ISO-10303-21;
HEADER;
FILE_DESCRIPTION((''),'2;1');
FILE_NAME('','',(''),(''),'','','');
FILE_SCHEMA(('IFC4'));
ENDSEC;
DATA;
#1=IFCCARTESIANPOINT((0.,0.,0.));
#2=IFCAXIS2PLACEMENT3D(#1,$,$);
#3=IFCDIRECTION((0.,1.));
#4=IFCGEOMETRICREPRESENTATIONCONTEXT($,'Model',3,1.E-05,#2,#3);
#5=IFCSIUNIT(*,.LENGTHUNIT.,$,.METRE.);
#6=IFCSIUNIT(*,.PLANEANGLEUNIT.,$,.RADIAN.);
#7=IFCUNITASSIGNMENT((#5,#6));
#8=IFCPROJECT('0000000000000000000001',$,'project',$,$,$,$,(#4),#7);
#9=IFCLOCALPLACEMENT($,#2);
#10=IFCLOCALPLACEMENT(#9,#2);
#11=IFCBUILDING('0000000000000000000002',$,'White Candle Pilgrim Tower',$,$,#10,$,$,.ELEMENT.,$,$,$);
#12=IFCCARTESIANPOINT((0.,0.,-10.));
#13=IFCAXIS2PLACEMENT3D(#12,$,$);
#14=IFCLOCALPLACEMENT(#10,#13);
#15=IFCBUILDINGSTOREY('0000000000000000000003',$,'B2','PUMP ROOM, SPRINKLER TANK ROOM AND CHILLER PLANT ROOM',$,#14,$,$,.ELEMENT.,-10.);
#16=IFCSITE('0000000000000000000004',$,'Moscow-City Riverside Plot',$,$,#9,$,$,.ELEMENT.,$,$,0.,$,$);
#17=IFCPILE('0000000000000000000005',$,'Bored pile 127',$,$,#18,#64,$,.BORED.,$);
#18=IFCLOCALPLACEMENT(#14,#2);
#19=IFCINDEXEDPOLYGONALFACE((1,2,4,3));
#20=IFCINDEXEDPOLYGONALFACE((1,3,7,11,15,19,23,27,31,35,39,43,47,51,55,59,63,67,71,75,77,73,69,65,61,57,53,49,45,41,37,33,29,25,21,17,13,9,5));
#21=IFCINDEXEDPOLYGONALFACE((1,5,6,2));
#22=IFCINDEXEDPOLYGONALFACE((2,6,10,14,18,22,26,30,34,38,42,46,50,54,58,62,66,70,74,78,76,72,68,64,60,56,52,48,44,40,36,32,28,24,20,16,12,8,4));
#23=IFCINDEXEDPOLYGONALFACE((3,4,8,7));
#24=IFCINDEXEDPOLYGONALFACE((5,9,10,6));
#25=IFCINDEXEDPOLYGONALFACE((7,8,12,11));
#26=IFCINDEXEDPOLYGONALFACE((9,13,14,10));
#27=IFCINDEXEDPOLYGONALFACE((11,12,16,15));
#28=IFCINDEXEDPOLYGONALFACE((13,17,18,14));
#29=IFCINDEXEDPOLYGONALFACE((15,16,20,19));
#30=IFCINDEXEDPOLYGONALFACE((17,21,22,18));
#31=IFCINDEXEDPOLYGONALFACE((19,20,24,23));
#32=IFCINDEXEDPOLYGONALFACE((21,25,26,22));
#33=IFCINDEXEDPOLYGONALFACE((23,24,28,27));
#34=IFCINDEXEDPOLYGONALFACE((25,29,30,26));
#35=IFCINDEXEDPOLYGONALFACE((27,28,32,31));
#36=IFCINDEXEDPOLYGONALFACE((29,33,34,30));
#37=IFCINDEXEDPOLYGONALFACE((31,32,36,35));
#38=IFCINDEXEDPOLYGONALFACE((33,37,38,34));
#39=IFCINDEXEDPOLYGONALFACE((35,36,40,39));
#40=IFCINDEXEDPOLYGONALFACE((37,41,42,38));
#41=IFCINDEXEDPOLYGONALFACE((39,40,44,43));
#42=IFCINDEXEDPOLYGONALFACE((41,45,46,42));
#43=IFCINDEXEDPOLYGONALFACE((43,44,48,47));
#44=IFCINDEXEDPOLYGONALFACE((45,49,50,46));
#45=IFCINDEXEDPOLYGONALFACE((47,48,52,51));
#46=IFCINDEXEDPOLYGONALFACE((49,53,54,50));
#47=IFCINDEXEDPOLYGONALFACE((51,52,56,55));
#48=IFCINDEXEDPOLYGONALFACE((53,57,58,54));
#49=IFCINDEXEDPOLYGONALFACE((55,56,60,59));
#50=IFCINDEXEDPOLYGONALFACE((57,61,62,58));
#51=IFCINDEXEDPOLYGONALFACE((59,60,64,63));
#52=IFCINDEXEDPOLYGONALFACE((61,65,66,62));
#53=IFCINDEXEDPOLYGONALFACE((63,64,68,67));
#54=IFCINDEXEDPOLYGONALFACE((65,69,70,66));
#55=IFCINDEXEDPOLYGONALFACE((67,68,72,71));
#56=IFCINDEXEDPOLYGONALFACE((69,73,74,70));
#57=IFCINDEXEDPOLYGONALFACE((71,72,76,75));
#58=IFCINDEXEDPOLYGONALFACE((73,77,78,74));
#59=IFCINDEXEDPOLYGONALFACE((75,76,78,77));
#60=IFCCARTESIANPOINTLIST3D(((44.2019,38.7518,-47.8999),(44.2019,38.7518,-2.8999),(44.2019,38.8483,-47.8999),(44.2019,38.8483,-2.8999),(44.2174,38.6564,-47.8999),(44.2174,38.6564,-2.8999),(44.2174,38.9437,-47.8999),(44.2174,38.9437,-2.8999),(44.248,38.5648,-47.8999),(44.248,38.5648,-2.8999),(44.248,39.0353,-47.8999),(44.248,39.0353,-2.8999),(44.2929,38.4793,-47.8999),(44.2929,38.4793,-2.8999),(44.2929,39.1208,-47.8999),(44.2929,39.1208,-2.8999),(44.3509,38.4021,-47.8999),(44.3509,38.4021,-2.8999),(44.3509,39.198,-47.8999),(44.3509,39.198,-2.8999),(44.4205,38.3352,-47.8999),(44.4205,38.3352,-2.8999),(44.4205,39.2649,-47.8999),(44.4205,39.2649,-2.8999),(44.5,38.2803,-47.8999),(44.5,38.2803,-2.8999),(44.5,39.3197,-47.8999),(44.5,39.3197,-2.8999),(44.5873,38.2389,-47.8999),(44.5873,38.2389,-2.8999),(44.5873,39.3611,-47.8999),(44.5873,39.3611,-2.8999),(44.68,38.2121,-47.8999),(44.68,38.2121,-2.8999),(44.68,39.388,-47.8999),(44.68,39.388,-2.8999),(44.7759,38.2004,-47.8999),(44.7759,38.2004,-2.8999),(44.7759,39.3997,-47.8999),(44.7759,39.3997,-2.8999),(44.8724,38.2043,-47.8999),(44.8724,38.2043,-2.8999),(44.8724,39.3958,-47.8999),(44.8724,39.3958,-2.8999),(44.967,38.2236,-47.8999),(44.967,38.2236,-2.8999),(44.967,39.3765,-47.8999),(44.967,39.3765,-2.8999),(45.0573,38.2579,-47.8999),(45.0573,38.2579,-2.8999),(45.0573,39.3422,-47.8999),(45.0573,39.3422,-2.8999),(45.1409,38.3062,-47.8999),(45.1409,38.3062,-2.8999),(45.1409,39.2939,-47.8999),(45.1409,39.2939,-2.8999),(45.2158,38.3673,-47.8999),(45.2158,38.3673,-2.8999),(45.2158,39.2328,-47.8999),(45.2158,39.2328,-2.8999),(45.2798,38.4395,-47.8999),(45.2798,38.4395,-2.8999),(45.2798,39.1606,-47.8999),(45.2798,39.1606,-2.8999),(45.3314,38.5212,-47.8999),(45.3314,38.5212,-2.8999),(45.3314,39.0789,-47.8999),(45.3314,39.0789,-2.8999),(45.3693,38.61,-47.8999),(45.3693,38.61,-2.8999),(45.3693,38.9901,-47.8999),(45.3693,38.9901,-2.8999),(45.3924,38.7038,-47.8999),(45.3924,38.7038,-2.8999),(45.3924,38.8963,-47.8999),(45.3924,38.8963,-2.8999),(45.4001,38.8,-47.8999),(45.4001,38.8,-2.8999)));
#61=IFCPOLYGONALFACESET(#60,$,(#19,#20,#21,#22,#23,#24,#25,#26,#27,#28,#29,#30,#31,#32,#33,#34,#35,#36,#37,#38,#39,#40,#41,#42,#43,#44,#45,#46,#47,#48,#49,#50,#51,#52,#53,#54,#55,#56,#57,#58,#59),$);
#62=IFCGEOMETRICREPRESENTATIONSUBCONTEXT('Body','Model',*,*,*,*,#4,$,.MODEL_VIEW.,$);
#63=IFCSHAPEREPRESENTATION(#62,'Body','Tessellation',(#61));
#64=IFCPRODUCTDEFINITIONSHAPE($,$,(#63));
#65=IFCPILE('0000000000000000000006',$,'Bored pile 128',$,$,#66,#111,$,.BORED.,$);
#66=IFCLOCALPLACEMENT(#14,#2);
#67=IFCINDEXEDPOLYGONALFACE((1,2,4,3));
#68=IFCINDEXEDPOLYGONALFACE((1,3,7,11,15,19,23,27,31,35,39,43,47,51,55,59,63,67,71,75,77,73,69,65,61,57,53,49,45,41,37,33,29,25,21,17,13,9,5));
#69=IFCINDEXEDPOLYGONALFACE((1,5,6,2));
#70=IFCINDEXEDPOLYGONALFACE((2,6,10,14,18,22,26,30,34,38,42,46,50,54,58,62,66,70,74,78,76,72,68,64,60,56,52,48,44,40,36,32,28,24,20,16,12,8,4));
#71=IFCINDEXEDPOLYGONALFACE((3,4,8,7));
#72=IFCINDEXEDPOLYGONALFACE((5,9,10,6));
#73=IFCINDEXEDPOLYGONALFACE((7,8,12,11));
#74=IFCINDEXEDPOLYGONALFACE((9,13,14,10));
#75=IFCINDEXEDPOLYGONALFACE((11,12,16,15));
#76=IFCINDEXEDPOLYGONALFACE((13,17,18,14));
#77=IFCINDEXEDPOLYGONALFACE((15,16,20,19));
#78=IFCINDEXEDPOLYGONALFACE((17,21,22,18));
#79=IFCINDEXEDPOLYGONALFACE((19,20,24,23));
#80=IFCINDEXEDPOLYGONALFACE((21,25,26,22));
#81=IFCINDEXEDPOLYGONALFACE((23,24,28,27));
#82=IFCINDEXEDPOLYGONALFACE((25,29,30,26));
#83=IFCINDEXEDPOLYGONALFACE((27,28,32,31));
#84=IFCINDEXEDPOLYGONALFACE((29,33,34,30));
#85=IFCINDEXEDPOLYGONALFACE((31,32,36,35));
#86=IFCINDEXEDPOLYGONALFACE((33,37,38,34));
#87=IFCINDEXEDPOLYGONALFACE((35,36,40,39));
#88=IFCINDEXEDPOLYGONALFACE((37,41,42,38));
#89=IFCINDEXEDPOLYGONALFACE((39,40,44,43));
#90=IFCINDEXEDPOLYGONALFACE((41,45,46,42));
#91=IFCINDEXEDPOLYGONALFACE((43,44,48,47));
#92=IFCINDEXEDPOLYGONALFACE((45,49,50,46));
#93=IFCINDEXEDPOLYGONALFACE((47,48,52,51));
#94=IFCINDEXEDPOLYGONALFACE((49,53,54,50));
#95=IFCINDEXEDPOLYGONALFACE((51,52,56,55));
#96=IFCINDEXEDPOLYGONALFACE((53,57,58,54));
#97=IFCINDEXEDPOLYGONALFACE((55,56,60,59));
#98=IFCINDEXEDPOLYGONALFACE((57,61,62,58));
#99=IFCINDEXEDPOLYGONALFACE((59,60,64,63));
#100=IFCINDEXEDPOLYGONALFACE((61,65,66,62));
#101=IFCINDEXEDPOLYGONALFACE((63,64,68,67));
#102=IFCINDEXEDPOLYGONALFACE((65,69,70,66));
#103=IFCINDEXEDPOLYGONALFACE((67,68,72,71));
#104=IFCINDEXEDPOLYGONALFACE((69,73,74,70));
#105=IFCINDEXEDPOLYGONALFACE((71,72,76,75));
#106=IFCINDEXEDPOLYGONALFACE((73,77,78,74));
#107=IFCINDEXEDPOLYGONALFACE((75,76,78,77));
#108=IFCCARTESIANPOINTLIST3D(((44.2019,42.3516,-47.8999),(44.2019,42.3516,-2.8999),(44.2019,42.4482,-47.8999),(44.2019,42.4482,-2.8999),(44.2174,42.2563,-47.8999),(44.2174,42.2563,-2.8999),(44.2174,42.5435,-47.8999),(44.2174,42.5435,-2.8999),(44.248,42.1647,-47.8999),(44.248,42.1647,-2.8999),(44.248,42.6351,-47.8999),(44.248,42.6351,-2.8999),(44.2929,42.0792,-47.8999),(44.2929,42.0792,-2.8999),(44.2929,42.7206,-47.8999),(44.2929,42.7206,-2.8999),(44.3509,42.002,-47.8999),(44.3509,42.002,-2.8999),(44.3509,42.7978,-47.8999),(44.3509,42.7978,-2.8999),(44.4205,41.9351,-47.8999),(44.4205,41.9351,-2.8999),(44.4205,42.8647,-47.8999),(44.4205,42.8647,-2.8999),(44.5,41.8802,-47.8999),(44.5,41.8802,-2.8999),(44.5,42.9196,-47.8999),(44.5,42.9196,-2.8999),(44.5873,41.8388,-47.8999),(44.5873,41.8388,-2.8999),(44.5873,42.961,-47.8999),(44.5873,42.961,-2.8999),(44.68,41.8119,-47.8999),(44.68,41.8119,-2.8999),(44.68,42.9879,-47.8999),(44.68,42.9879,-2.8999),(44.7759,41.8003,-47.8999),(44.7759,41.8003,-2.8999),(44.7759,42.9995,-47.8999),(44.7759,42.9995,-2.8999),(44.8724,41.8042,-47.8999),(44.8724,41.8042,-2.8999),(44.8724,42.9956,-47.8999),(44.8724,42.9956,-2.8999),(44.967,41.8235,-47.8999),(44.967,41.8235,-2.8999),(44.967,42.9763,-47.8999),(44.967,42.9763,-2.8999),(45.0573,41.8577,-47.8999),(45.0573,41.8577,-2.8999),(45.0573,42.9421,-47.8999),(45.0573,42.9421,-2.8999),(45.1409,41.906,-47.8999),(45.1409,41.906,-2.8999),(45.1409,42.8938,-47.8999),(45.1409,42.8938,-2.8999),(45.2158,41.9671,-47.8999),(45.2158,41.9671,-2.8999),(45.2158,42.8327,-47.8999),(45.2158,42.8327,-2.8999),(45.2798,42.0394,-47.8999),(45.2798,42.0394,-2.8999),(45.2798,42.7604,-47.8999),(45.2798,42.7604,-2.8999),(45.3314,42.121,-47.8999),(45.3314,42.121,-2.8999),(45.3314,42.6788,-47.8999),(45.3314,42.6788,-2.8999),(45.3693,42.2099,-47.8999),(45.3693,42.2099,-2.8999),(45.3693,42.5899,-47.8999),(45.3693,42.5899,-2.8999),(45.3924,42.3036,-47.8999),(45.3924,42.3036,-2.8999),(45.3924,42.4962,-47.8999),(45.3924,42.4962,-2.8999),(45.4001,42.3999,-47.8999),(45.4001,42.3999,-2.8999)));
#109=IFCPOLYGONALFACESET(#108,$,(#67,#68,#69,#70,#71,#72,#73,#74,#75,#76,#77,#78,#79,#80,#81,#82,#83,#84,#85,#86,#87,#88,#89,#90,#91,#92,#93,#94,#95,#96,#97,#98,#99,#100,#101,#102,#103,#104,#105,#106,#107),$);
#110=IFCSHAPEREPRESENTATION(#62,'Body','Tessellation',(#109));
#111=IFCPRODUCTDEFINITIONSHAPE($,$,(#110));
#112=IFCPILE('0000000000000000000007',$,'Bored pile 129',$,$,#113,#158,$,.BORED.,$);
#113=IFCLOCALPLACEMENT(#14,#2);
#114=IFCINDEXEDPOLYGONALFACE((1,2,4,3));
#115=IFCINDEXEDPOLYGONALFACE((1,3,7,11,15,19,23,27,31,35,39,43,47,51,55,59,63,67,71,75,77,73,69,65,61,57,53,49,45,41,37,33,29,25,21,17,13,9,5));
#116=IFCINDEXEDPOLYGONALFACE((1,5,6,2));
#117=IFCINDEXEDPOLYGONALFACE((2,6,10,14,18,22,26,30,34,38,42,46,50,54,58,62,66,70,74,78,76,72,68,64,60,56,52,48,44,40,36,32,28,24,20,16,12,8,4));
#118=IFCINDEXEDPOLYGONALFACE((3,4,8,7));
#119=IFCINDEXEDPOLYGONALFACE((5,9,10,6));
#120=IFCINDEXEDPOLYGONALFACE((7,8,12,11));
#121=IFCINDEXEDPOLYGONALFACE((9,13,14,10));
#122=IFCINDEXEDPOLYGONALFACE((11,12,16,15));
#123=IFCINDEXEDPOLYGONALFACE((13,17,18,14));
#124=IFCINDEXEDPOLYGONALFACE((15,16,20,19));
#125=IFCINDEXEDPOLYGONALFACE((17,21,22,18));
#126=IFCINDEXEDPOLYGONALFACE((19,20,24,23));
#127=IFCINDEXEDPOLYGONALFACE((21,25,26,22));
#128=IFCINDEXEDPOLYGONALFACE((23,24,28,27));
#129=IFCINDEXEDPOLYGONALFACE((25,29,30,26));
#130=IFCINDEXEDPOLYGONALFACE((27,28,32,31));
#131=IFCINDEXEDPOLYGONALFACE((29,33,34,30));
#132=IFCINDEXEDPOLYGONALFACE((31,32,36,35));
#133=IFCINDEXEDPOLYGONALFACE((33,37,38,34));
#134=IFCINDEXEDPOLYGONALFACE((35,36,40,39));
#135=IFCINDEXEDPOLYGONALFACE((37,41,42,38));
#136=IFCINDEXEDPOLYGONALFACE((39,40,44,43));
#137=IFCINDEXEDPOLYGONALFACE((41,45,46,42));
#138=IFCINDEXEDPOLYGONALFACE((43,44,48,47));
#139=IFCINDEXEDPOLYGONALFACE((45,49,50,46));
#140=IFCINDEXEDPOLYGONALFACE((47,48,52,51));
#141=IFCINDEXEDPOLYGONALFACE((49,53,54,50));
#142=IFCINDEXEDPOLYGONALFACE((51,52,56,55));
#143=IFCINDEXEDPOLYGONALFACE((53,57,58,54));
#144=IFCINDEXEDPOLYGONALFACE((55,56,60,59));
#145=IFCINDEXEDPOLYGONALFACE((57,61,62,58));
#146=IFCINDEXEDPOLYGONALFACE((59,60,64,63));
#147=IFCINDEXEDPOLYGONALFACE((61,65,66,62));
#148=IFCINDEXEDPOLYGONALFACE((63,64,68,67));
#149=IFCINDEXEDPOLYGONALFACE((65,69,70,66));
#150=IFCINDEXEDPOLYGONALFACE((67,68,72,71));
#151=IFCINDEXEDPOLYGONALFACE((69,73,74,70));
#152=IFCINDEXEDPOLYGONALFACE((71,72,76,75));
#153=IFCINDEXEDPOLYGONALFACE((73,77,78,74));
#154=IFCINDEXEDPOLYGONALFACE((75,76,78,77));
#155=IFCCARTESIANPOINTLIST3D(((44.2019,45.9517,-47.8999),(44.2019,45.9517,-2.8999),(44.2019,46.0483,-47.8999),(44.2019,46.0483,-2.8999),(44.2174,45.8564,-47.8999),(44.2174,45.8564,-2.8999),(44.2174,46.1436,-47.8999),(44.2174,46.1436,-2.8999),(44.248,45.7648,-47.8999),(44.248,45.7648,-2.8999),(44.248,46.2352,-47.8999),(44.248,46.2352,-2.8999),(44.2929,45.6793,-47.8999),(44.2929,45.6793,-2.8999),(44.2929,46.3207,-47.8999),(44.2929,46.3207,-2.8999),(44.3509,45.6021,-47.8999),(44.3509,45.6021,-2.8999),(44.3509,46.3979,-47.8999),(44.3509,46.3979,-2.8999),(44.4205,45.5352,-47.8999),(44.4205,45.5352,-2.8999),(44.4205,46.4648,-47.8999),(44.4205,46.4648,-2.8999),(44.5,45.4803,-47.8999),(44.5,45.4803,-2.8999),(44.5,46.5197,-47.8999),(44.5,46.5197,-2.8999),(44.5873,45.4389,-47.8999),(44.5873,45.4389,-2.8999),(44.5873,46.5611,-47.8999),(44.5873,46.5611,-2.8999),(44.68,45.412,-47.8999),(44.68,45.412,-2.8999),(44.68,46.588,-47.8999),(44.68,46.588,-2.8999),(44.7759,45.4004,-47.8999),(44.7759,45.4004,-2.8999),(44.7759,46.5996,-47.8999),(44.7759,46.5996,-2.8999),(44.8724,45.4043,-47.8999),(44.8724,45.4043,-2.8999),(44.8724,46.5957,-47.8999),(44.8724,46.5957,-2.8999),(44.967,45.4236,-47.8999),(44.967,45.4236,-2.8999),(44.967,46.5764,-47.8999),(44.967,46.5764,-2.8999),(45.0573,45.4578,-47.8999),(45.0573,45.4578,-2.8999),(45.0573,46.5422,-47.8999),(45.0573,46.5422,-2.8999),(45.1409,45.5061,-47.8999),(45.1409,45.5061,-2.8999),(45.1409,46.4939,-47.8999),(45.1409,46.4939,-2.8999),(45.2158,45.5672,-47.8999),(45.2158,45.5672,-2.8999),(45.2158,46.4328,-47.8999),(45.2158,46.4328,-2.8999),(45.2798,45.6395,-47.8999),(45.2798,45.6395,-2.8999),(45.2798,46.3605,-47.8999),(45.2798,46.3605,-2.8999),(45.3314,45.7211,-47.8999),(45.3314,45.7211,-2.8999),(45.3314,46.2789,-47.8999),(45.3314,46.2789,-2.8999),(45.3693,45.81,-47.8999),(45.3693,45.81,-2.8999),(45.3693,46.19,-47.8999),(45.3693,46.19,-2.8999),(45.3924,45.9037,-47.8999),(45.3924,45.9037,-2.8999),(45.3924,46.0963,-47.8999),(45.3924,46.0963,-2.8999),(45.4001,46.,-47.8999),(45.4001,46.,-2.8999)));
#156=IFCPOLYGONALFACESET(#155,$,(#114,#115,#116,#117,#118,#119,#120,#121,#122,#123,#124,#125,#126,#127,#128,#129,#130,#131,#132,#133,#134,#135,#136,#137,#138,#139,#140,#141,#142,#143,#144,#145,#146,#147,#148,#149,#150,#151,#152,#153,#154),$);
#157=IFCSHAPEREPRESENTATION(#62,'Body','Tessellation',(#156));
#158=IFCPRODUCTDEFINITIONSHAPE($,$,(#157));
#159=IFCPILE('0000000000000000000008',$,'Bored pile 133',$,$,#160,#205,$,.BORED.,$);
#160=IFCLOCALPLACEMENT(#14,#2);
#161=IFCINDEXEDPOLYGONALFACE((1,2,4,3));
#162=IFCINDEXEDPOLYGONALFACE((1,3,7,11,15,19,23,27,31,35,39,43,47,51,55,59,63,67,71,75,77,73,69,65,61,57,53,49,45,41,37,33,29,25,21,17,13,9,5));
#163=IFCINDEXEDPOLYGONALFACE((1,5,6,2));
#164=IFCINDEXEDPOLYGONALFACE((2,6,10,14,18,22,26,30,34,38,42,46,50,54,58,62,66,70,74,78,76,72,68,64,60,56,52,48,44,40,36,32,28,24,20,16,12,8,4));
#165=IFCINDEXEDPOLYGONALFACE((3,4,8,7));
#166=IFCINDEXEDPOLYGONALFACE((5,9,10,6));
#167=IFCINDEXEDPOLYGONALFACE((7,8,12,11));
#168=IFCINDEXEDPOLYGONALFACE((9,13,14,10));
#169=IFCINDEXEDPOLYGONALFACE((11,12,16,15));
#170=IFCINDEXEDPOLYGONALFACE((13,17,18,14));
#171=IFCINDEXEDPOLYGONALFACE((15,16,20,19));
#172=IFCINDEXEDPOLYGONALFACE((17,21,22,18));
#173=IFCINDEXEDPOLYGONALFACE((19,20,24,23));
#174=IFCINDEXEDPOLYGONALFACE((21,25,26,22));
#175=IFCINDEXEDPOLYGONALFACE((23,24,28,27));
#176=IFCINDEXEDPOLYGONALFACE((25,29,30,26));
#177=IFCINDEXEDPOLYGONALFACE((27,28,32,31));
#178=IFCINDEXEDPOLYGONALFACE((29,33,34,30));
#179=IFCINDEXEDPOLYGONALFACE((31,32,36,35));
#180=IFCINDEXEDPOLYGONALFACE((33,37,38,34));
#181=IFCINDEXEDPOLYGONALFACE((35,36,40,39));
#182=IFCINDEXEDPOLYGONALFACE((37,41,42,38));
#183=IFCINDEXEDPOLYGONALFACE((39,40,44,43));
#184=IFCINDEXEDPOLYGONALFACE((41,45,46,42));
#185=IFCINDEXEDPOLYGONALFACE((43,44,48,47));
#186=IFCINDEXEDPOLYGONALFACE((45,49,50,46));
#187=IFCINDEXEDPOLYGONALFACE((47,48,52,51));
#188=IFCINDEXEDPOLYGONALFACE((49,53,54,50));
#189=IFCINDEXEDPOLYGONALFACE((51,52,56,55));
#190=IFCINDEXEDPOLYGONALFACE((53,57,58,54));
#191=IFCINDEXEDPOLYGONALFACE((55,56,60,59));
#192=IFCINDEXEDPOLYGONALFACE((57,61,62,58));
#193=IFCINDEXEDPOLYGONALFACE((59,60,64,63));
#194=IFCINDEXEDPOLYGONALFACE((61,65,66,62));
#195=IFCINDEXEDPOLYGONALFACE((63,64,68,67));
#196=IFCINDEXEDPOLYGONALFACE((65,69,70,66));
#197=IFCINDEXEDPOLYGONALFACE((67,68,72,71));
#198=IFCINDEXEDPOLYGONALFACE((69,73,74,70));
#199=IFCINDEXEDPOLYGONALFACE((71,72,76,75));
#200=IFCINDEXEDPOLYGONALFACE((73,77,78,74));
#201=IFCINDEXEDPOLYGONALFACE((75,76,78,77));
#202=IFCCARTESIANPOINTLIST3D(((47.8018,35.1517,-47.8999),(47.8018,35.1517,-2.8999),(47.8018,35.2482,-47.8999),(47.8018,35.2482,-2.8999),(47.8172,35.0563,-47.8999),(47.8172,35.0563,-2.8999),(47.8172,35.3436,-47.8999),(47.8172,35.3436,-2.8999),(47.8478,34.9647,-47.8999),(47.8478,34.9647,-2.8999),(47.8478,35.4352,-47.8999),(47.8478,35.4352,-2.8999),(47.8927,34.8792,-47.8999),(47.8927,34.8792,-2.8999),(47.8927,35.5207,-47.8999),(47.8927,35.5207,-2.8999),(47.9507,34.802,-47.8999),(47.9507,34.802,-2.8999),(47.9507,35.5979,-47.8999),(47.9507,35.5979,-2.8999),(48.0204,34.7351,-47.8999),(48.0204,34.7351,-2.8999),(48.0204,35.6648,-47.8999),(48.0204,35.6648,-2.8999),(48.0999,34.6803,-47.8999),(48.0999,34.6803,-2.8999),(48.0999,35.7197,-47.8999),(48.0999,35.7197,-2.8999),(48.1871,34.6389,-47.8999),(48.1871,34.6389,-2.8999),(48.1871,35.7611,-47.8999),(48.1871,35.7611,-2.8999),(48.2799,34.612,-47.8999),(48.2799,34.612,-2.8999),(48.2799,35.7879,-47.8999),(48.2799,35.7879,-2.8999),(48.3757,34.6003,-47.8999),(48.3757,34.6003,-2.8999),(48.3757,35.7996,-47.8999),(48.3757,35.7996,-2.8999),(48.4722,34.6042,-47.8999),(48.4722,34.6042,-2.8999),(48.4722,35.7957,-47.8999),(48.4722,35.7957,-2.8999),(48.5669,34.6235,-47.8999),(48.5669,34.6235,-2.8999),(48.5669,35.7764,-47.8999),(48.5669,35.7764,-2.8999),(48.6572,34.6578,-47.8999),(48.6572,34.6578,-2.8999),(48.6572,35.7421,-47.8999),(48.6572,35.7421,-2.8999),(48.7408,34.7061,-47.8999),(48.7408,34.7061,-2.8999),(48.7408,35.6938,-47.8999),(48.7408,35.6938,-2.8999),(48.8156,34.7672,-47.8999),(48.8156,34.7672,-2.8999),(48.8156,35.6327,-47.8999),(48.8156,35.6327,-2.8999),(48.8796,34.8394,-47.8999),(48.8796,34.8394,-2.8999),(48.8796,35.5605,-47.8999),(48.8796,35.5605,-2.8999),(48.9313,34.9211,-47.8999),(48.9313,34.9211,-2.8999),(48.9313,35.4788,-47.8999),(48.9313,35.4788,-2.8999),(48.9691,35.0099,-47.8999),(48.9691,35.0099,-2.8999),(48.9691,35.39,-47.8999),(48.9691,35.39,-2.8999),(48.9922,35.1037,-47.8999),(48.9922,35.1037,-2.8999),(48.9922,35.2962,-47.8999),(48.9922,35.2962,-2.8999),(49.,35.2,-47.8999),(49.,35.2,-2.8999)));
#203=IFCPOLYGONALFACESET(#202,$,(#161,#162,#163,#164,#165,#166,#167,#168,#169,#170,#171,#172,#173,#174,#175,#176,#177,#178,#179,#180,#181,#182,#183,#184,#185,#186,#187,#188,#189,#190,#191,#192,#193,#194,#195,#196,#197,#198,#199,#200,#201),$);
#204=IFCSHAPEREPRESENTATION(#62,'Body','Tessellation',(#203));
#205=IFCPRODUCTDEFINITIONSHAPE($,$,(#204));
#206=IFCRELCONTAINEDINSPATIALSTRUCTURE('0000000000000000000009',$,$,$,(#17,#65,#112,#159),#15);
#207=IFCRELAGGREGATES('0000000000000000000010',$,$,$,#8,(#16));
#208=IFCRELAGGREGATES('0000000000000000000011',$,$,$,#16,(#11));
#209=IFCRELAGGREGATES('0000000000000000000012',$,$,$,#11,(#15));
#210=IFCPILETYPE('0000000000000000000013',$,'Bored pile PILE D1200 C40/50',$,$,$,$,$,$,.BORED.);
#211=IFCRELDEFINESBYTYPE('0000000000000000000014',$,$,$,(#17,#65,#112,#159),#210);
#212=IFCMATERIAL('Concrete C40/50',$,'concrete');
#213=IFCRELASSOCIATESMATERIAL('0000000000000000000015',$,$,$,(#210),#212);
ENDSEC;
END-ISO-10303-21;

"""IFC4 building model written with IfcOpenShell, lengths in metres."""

from ifc_helpers import new_model, si_unit, direction, frame, origin, origin_2d, place, context, subcontext, project, spatial, circle, extrude, material, material_profile, profile_set, type_object, element, save


model = new_model("IFC4")

# Units and contexts
model_context = context("Model", 3, precision=1e-05, world=origin(), true_north=direction((0.0, 1.0)))
body_context = subcontext(model_context, "Body", "Model", "MODEL_VIEW")
ifc_project = project(units=[si_unit("LENGTHUNIT", "METRE"), si_unit("PLANEANGLEUNIT", "RADIAN")], contexts=[model_context])

# Site, building, storey
site_placement = place(None, origin())
site = spatial("IfcSite", under=ifc_project, at=site_placement, Name="Moscow-City Riverside Plot", CompositionType="ELEMENT", RefElevation=0.0)
building_placement = place(site_placement, origin())
building = spatial("IfcBuilding", under=site, at=building_placement, Name="White Candle Pilgrim Tower", CompositionType="ELEMENT")
storey_placement = place(building_placement, frame((0.0, 0.0, -10.0)))
storey = spatial("IfcBuildingStorey", under=building, at=storey_placement, Name="B2", Description="PUMP ROOM, SPRINKLER TANK ROOM AND CHILLER PLANT ROOM", CompositionType="ELEMENT", Elevation=-10.0)

# Piles
ifc_material_1 = material(Name="Concrete C40/50", Category="concrete")
ifc_material_profile_1 = material_profile(ifc_material_1, circle(Radius=0.6001, at=origin_2d()), Name="PILE D1200")
ifc_profile_set_1 = profile_set([ifc_material_profile_1], Name="Concrete C40/50")
pile_type_1 = type_object("IfcPileType", Name="Bored pile PILE D1200 C40/50", PredefinedType="BORED", material=ifc_profile_set_1)
for number, where, z_axis, x_axis, name in (
    (1, (44.8, 38.8, -2.8999), (0.0, 0.0, -1.0), (1.0, 0.0, 0.0), "Bored pile 127"),
    (2, (44.8, 42.3999, -2.8999), (0.0, 0.0, -1.0), (1.0, 0.0, 0.0), "Bored pile 128"),
    (3, (44.8, 46.0, -2.8999), (0.0, 0.0, -1.0), (1.0, 0.0, 0.0), "Bored pile 129"),
    (4, (48.3999, 35.2, -2.8999), (0.0, 0.0, -1.0), (1.0, 0.0, 0.0), "Bored pile 133"),
):
    element("IfcPile", number, at=place(storey_placement, frame(where, z_axis=z_axis, x_axis=x_axis)), inside=storey, type_object=pile_type_1, Name=name, PredefinedType="BORED", context=body_context, shape_type="SweptSolid", body=[
        extrude(circle(Radius=0.6001, at=origin_2d()), origin(), (0.0, 0.0, 1.0), 45.0),
    ])

save(model, "model.ifc")
